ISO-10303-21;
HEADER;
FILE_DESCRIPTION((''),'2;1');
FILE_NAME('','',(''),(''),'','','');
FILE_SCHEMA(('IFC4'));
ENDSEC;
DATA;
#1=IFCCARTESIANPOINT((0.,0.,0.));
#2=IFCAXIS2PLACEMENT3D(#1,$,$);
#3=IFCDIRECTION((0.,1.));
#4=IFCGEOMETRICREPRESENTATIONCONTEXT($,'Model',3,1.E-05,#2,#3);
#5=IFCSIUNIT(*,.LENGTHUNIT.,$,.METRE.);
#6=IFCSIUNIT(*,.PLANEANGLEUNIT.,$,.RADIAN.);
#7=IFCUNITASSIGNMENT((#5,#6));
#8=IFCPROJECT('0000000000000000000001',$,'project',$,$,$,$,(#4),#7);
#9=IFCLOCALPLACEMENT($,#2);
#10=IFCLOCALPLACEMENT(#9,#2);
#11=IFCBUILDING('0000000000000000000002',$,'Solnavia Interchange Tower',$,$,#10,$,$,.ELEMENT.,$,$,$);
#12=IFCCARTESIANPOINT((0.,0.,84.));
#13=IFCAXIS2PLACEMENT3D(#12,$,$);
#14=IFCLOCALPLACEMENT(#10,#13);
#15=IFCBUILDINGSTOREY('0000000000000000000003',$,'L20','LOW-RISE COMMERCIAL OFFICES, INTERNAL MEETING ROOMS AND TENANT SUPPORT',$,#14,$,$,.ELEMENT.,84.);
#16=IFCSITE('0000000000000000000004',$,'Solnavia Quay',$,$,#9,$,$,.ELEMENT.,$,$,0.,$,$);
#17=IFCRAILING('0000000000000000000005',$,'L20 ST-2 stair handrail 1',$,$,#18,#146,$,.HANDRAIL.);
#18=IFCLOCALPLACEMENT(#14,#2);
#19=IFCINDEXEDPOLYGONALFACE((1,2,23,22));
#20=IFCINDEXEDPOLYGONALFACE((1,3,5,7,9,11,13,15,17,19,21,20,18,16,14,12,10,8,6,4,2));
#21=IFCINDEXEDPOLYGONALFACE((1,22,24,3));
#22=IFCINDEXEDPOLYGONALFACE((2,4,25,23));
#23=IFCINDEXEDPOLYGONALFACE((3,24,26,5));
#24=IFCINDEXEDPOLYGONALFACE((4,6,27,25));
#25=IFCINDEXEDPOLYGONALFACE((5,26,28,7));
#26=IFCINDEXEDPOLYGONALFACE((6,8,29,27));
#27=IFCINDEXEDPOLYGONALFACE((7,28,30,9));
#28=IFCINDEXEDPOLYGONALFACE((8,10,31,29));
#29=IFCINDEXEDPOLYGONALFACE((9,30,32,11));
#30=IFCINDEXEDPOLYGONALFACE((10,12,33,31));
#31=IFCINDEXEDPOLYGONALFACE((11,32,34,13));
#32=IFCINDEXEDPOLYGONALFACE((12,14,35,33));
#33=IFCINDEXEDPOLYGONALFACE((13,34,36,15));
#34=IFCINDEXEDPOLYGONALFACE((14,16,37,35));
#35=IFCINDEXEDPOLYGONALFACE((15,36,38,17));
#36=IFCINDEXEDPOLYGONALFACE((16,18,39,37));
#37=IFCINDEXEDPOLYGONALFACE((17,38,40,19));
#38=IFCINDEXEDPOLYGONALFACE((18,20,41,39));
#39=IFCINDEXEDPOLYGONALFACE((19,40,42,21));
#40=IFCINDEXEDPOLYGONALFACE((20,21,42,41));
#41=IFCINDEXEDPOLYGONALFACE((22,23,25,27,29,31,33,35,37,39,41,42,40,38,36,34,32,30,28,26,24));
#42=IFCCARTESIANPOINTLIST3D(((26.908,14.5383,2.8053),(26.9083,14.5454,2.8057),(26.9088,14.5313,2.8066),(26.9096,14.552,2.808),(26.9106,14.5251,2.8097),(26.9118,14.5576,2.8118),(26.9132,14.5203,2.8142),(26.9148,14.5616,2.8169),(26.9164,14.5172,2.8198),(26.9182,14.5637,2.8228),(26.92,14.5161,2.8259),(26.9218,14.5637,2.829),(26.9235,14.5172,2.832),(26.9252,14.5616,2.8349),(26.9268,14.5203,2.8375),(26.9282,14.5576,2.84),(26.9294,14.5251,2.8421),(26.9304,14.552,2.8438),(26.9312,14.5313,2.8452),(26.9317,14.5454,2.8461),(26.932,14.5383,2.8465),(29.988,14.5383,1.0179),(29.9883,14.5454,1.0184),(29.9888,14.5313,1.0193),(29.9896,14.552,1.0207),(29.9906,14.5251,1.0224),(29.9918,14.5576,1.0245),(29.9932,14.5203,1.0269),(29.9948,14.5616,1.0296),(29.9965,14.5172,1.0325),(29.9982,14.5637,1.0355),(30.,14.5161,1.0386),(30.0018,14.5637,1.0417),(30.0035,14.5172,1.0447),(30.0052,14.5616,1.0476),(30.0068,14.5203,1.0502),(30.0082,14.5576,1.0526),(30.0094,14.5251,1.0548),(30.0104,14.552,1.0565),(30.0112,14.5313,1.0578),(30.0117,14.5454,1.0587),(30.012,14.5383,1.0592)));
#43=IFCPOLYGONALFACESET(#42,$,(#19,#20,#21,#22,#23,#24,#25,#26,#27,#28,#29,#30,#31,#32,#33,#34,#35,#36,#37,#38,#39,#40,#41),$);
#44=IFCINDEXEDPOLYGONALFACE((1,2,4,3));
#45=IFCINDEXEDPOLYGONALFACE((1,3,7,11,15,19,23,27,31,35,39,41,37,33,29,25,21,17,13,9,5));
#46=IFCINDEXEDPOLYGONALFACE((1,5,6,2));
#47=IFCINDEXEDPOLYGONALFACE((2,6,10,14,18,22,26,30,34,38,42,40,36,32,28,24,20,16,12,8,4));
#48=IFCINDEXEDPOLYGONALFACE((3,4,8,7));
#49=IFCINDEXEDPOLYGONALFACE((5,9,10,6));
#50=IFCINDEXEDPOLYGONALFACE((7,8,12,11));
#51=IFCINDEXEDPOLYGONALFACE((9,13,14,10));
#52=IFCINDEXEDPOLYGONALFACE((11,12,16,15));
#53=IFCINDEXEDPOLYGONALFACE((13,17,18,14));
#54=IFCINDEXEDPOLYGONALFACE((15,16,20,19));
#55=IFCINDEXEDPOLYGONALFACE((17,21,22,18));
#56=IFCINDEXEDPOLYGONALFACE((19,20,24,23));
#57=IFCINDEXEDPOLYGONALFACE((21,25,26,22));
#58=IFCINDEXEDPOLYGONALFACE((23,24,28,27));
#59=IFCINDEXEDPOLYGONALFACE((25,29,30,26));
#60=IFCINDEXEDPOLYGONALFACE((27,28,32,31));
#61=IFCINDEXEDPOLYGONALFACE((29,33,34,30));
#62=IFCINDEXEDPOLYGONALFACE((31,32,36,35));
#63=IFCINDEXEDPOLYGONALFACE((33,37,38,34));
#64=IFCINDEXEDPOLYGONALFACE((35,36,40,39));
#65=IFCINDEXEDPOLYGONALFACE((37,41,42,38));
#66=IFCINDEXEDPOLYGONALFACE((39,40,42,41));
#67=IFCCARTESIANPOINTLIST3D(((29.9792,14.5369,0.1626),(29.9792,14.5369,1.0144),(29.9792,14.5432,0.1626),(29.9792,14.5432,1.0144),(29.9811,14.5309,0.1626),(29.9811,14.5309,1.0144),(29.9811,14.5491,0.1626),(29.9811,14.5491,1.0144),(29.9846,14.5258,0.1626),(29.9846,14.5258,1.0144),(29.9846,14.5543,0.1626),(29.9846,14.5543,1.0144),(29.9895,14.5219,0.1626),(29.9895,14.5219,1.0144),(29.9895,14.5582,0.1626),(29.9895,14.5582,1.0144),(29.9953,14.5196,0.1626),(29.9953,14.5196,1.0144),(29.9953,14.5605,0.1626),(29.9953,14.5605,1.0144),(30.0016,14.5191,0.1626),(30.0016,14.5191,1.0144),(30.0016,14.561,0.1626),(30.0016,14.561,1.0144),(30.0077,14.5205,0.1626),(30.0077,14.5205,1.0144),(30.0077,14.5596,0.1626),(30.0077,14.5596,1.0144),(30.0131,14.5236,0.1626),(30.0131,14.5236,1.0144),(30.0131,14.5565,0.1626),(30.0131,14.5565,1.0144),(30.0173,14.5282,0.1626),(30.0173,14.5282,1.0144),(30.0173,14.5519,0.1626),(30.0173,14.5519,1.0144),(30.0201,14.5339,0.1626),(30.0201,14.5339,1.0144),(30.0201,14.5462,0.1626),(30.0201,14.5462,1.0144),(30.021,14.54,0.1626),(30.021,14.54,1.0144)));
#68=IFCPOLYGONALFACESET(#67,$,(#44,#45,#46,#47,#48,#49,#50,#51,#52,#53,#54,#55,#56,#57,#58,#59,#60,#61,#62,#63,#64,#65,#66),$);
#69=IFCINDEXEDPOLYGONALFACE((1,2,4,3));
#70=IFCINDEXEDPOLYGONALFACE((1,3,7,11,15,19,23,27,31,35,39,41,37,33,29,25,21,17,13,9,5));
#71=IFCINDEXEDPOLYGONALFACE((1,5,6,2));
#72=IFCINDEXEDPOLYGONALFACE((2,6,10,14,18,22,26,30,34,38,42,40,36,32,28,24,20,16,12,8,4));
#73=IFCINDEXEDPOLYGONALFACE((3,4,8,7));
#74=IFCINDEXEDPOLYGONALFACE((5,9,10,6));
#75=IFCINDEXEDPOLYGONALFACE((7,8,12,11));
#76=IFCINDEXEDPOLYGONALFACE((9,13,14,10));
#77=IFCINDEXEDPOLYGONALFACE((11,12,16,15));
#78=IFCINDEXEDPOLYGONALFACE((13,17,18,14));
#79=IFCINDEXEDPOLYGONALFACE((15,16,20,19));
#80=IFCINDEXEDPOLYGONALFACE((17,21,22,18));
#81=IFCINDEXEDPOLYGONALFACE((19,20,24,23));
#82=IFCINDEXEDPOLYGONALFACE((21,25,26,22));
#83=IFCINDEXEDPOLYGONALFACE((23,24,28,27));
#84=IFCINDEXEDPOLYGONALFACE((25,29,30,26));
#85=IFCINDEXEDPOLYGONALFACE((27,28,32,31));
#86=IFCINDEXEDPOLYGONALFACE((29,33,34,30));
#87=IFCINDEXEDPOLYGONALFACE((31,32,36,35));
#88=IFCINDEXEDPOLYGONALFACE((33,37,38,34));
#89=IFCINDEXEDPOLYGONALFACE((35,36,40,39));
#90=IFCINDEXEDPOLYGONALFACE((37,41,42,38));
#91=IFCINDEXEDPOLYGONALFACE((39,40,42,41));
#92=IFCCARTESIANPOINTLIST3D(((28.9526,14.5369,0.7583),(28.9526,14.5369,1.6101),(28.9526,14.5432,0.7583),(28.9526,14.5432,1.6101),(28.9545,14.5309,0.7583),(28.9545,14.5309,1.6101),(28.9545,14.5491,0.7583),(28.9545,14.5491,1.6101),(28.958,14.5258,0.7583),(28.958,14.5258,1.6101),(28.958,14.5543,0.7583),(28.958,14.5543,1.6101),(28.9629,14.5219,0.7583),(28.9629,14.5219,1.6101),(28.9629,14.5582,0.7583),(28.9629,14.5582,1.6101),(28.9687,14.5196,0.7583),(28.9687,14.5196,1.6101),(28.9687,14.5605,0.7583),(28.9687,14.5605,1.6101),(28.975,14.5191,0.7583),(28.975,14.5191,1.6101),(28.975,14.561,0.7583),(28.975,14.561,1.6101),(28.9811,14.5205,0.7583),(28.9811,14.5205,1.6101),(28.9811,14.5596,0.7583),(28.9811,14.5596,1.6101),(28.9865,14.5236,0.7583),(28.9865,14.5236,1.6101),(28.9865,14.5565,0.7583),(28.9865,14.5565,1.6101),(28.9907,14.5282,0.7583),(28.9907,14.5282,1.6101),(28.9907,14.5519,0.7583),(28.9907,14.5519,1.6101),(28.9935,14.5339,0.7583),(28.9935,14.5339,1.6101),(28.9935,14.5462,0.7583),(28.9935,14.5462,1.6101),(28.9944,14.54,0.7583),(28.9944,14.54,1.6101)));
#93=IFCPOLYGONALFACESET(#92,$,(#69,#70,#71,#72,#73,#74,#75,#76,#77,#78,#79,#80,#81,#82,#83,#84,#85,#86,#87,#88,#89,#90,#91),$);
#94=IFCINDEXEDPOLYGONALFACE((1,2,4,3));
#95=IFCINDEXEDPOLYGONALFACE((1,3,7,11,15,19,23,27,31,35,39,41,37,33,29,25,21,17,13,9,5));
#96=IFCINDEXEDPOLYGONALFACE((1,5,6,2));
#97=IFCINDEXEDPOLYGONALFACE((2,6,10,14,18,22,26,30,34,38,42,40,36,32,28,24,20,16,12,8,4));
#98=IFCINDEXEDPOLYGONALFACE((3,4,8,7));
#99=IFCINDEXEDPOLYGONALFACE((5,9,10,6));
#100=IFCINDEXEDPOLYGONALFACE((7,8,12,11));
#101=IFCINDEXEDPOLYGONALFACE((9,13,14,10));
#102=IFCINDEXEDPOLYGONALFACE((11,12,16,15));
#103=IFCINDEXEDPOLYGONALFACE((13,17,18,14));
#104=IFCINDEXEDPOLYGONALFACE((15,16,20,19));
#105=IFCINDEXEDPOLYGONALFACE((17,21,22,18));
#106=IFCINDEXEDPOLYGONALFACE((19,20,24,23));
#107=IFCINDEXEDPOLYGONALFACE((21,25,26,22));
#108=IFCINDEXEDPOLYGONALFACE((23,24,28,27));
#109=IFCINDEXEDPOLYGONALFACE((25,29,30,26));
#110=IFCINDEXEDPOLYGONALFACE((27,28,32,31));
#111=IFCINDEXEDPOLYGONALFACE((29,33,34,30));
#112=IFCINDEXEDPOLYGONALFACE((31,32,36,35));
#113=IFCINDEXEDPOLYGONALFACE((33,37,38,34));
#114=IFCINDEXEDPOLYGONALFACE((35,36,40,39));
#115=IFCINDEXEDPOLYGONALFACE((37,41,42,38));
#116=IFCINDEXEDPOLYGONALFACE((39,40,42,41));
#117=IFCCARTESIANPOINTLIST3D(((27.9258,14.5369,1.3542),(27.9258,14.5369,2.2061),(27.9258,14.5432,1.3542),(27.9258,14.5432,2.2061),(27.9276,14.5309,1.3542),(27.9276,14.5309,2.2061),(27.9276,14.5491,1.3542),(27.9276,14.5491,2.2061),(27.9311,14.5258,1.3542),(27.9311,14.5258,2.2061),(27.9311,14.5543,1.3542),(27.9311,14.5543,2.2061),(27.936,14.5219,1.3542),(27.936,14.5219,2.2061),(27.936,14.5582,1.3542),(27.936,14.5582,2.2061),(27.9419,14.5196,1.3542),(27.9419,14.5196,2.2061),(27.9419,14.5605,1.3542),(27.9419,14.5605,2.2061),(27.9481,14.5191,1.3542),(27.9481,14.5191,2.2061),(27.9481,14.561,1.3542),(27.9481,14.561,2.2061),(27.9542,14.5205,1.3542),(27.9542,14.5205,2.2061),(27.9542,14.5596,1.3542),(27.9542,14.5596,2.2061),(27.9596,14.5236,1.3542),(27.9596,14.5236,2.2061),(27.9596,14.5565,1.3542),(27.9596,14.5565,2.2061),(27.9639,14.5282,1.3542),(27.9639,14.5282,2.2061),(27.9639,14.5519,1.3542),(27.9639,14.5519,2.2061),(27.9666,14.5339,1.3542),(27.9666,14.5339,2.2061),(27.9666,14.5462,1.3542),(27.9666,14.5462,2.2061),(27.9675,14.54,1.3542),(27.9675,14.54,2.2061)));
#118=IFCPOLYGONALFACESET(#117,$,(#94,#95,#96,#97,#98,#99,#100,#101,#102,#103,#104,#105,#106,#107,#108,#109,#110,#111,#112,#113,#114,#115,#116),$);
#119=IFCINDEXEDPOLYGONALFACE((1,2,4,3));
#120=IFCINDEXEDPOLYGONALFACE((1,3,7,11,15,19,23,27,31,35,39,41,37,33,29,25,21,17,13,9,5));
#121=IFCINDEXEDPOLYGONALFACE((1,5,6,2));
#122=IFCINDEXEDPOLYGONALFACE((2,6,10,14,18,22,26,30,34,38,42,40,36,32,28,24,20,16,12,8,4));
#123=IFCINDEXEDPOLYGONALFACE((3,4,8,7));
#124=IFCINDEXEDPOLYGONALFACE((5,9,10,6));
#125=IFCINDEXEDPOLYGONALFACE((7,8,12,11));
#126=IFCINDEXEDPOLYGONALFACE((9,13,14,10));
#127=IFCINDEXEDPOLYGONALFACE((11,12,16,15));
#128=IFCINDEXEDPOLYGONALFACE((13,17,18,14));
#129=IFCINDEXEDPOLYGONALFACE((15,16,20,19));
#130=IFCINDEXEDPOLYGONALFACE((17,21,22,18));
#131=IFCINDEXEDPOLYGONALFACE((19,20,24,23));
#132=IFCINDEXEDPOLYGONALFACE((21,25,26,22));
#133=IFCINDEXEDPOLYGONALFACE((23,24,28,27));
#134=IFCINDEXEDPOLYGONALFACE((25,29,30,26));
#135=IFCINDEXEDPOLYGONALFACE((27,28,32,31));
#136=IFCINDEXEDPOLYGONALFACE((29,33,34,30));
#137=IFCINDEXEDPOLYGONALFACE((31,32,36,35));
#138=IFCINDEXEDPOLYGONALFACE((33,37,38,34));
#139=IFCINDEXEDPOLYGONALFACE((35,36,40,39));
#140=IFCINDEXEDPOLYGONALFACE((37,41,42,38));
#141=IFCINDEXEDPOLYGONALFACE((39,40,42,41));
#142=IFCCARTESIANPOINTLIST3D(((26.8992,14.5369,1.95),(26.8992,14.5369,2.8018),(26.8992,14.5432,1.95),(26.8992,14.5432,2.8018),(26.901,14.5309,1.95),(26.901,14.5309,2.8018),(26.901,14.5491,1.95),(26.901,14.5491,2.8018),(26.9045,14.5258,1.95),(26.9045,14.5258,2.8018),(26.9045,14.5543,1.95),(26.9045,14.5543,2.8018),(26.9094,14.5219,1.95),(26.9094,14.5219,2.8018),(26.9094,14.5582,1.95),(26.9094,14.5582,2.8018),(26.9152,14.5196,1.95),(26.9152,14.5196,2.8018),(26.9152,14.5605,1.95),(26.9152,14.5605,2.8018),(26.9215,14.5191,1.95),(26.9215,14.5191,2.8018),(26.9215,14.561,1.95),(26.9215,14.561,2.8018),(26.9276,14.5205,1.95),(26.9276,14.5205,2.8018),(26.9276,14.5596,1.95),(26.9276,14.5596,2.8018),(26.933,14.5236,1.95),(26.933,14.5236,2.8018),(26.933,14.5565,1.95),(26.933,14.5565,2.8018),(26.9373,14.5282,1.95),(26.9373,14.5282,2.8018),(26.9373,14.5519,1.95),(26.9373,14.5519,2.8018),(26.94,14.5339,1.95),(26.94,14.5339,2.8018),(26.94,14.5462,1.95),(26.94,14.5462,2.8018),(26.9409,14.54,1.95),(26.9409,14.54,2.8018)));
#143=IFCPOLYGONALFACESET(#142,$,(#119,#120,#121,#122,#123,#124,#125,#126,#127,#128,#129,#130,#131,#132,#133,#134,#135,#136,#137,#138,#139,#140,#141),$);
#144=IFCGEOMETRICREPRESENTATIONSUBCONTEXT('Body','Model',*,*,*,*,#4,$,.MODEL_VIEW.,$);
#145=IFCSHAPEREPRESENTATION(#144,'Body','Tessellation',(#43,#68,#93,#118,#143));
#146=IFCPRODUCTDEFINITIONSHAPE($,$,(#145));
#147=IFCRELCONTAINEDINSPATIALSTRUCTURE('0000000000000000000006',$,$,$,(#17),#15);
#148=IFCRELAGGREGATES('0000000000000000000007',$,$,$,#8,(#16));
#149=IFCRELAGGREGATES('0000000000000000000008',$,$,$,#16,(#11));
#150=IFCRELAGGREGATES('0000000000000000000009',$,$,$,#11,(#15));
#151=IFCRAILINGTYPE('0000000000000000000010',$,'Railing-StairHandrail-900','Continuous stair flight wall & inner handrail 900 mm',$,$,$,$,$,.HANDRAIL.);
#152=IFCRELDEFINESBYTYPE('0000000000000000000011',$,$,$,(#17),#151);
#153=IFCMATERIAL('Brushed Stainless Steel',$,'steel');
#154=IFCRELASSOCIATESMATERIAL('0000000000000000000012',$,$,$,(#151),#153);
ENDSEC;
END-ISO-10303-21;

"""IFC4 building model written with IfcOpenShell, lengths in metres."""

from ifc_helpers import new_model, si_unit, direction, frame, origin, origin_2d, place, context, subcontext, project, spatial, circle, extrude, material, type_object, element, save


model = new_model("IFC4")

# Units and contexts
model_context = context("Model", 3, precision=1e-05, world=origin(), true_north=direction((0.0, 1.0)))
body_context = subcontext(model_context, "Body", "Model", "MODEL_VIEW")
ifc_project = project(units=[si_unit("LENGTHUNIT", "METRE"), si_unit("PLANEANGLEUNIT", "RADIAN")], contexts=[model_context])

# Site, building, storey
site_placement = place(None, origin())
site = spatial("IfcSite", under=ifc_project, at=site_placement, Name="Solnavia Quay", CompositionType="ELEMENT", RefElevation=0.0)
building_placement = place(site_placement, origin())
building = spatial("IfcBuilding", under=site, at=building_placement, Name="Solnavia Interchange Tower", CompositionType="ELEMENT")
storey_placement = place(building_placement, frame((0.0, 0.0, 84.0)))
storey = spatial("IfcBuildingStorey", under=building, at=storey_placement, Name="L20", Description="LOW-RISE COMMERCIAL OFFICES, INTERNAL MEETING ROOMS AND TENANT SUPPORT", CompositionType="ELEMENT", Elevation=84.0)

# Railing
ifc_material_1 = material(Name="Brushed Stainless Steel", Category="steel")
railing_type = type_object("IfcRailingType", Name="Railing-StairHandrail-900", Description="Continuous stair flight wall & inner handrail 900 mm", PredefinedType="HANDRAIL", material=ifc_material_1)
railing_placement = place(storey_placement, frame((30.0, 14.54, 0.1626)))
element("IfcRailing", 1, at=railing_placement, inside=storey, type_object=railing_type, Name="L20 ST-2 stair handrail 1", PredefinedType="HANDRAIL", context=body_context, shape_type="SweptSolid", body=[
    extrude(circle(Radius=0.0239, at=origin_2d()), frame((0.0, 0.0, 0.876), z_axis=(-0.86492, 0.0, 0.501909), x_axis=(0.0, -1.0, 0.0)), (0.0, 0.0, 1.0), 3.561),
    extrude(circle(Radius=0.021, at=origin_2d()), origin(), (0.0, 0.0, 1.0), 0.8518),
    extrude(circle(Radius=0.021, at=origin_2d()), frame((-1.0266, 0.0, 0.5957)), (0.0, 0.0, 1.0), 0.8518),
    extrude(circle(Radius=0.021, at=origin_2d()), frame((-2.0535, 0.0, 1.1917)), (0.0, 0.0, 1.0), 0.8518),
    extrude(circle(Radius=0.021, at=origin_2d()), frame((-3.0801, 0.0, 1.7874)), (0.0, 0.0, 1.0), 0.8518),
])

save(model, "model.ifc")
